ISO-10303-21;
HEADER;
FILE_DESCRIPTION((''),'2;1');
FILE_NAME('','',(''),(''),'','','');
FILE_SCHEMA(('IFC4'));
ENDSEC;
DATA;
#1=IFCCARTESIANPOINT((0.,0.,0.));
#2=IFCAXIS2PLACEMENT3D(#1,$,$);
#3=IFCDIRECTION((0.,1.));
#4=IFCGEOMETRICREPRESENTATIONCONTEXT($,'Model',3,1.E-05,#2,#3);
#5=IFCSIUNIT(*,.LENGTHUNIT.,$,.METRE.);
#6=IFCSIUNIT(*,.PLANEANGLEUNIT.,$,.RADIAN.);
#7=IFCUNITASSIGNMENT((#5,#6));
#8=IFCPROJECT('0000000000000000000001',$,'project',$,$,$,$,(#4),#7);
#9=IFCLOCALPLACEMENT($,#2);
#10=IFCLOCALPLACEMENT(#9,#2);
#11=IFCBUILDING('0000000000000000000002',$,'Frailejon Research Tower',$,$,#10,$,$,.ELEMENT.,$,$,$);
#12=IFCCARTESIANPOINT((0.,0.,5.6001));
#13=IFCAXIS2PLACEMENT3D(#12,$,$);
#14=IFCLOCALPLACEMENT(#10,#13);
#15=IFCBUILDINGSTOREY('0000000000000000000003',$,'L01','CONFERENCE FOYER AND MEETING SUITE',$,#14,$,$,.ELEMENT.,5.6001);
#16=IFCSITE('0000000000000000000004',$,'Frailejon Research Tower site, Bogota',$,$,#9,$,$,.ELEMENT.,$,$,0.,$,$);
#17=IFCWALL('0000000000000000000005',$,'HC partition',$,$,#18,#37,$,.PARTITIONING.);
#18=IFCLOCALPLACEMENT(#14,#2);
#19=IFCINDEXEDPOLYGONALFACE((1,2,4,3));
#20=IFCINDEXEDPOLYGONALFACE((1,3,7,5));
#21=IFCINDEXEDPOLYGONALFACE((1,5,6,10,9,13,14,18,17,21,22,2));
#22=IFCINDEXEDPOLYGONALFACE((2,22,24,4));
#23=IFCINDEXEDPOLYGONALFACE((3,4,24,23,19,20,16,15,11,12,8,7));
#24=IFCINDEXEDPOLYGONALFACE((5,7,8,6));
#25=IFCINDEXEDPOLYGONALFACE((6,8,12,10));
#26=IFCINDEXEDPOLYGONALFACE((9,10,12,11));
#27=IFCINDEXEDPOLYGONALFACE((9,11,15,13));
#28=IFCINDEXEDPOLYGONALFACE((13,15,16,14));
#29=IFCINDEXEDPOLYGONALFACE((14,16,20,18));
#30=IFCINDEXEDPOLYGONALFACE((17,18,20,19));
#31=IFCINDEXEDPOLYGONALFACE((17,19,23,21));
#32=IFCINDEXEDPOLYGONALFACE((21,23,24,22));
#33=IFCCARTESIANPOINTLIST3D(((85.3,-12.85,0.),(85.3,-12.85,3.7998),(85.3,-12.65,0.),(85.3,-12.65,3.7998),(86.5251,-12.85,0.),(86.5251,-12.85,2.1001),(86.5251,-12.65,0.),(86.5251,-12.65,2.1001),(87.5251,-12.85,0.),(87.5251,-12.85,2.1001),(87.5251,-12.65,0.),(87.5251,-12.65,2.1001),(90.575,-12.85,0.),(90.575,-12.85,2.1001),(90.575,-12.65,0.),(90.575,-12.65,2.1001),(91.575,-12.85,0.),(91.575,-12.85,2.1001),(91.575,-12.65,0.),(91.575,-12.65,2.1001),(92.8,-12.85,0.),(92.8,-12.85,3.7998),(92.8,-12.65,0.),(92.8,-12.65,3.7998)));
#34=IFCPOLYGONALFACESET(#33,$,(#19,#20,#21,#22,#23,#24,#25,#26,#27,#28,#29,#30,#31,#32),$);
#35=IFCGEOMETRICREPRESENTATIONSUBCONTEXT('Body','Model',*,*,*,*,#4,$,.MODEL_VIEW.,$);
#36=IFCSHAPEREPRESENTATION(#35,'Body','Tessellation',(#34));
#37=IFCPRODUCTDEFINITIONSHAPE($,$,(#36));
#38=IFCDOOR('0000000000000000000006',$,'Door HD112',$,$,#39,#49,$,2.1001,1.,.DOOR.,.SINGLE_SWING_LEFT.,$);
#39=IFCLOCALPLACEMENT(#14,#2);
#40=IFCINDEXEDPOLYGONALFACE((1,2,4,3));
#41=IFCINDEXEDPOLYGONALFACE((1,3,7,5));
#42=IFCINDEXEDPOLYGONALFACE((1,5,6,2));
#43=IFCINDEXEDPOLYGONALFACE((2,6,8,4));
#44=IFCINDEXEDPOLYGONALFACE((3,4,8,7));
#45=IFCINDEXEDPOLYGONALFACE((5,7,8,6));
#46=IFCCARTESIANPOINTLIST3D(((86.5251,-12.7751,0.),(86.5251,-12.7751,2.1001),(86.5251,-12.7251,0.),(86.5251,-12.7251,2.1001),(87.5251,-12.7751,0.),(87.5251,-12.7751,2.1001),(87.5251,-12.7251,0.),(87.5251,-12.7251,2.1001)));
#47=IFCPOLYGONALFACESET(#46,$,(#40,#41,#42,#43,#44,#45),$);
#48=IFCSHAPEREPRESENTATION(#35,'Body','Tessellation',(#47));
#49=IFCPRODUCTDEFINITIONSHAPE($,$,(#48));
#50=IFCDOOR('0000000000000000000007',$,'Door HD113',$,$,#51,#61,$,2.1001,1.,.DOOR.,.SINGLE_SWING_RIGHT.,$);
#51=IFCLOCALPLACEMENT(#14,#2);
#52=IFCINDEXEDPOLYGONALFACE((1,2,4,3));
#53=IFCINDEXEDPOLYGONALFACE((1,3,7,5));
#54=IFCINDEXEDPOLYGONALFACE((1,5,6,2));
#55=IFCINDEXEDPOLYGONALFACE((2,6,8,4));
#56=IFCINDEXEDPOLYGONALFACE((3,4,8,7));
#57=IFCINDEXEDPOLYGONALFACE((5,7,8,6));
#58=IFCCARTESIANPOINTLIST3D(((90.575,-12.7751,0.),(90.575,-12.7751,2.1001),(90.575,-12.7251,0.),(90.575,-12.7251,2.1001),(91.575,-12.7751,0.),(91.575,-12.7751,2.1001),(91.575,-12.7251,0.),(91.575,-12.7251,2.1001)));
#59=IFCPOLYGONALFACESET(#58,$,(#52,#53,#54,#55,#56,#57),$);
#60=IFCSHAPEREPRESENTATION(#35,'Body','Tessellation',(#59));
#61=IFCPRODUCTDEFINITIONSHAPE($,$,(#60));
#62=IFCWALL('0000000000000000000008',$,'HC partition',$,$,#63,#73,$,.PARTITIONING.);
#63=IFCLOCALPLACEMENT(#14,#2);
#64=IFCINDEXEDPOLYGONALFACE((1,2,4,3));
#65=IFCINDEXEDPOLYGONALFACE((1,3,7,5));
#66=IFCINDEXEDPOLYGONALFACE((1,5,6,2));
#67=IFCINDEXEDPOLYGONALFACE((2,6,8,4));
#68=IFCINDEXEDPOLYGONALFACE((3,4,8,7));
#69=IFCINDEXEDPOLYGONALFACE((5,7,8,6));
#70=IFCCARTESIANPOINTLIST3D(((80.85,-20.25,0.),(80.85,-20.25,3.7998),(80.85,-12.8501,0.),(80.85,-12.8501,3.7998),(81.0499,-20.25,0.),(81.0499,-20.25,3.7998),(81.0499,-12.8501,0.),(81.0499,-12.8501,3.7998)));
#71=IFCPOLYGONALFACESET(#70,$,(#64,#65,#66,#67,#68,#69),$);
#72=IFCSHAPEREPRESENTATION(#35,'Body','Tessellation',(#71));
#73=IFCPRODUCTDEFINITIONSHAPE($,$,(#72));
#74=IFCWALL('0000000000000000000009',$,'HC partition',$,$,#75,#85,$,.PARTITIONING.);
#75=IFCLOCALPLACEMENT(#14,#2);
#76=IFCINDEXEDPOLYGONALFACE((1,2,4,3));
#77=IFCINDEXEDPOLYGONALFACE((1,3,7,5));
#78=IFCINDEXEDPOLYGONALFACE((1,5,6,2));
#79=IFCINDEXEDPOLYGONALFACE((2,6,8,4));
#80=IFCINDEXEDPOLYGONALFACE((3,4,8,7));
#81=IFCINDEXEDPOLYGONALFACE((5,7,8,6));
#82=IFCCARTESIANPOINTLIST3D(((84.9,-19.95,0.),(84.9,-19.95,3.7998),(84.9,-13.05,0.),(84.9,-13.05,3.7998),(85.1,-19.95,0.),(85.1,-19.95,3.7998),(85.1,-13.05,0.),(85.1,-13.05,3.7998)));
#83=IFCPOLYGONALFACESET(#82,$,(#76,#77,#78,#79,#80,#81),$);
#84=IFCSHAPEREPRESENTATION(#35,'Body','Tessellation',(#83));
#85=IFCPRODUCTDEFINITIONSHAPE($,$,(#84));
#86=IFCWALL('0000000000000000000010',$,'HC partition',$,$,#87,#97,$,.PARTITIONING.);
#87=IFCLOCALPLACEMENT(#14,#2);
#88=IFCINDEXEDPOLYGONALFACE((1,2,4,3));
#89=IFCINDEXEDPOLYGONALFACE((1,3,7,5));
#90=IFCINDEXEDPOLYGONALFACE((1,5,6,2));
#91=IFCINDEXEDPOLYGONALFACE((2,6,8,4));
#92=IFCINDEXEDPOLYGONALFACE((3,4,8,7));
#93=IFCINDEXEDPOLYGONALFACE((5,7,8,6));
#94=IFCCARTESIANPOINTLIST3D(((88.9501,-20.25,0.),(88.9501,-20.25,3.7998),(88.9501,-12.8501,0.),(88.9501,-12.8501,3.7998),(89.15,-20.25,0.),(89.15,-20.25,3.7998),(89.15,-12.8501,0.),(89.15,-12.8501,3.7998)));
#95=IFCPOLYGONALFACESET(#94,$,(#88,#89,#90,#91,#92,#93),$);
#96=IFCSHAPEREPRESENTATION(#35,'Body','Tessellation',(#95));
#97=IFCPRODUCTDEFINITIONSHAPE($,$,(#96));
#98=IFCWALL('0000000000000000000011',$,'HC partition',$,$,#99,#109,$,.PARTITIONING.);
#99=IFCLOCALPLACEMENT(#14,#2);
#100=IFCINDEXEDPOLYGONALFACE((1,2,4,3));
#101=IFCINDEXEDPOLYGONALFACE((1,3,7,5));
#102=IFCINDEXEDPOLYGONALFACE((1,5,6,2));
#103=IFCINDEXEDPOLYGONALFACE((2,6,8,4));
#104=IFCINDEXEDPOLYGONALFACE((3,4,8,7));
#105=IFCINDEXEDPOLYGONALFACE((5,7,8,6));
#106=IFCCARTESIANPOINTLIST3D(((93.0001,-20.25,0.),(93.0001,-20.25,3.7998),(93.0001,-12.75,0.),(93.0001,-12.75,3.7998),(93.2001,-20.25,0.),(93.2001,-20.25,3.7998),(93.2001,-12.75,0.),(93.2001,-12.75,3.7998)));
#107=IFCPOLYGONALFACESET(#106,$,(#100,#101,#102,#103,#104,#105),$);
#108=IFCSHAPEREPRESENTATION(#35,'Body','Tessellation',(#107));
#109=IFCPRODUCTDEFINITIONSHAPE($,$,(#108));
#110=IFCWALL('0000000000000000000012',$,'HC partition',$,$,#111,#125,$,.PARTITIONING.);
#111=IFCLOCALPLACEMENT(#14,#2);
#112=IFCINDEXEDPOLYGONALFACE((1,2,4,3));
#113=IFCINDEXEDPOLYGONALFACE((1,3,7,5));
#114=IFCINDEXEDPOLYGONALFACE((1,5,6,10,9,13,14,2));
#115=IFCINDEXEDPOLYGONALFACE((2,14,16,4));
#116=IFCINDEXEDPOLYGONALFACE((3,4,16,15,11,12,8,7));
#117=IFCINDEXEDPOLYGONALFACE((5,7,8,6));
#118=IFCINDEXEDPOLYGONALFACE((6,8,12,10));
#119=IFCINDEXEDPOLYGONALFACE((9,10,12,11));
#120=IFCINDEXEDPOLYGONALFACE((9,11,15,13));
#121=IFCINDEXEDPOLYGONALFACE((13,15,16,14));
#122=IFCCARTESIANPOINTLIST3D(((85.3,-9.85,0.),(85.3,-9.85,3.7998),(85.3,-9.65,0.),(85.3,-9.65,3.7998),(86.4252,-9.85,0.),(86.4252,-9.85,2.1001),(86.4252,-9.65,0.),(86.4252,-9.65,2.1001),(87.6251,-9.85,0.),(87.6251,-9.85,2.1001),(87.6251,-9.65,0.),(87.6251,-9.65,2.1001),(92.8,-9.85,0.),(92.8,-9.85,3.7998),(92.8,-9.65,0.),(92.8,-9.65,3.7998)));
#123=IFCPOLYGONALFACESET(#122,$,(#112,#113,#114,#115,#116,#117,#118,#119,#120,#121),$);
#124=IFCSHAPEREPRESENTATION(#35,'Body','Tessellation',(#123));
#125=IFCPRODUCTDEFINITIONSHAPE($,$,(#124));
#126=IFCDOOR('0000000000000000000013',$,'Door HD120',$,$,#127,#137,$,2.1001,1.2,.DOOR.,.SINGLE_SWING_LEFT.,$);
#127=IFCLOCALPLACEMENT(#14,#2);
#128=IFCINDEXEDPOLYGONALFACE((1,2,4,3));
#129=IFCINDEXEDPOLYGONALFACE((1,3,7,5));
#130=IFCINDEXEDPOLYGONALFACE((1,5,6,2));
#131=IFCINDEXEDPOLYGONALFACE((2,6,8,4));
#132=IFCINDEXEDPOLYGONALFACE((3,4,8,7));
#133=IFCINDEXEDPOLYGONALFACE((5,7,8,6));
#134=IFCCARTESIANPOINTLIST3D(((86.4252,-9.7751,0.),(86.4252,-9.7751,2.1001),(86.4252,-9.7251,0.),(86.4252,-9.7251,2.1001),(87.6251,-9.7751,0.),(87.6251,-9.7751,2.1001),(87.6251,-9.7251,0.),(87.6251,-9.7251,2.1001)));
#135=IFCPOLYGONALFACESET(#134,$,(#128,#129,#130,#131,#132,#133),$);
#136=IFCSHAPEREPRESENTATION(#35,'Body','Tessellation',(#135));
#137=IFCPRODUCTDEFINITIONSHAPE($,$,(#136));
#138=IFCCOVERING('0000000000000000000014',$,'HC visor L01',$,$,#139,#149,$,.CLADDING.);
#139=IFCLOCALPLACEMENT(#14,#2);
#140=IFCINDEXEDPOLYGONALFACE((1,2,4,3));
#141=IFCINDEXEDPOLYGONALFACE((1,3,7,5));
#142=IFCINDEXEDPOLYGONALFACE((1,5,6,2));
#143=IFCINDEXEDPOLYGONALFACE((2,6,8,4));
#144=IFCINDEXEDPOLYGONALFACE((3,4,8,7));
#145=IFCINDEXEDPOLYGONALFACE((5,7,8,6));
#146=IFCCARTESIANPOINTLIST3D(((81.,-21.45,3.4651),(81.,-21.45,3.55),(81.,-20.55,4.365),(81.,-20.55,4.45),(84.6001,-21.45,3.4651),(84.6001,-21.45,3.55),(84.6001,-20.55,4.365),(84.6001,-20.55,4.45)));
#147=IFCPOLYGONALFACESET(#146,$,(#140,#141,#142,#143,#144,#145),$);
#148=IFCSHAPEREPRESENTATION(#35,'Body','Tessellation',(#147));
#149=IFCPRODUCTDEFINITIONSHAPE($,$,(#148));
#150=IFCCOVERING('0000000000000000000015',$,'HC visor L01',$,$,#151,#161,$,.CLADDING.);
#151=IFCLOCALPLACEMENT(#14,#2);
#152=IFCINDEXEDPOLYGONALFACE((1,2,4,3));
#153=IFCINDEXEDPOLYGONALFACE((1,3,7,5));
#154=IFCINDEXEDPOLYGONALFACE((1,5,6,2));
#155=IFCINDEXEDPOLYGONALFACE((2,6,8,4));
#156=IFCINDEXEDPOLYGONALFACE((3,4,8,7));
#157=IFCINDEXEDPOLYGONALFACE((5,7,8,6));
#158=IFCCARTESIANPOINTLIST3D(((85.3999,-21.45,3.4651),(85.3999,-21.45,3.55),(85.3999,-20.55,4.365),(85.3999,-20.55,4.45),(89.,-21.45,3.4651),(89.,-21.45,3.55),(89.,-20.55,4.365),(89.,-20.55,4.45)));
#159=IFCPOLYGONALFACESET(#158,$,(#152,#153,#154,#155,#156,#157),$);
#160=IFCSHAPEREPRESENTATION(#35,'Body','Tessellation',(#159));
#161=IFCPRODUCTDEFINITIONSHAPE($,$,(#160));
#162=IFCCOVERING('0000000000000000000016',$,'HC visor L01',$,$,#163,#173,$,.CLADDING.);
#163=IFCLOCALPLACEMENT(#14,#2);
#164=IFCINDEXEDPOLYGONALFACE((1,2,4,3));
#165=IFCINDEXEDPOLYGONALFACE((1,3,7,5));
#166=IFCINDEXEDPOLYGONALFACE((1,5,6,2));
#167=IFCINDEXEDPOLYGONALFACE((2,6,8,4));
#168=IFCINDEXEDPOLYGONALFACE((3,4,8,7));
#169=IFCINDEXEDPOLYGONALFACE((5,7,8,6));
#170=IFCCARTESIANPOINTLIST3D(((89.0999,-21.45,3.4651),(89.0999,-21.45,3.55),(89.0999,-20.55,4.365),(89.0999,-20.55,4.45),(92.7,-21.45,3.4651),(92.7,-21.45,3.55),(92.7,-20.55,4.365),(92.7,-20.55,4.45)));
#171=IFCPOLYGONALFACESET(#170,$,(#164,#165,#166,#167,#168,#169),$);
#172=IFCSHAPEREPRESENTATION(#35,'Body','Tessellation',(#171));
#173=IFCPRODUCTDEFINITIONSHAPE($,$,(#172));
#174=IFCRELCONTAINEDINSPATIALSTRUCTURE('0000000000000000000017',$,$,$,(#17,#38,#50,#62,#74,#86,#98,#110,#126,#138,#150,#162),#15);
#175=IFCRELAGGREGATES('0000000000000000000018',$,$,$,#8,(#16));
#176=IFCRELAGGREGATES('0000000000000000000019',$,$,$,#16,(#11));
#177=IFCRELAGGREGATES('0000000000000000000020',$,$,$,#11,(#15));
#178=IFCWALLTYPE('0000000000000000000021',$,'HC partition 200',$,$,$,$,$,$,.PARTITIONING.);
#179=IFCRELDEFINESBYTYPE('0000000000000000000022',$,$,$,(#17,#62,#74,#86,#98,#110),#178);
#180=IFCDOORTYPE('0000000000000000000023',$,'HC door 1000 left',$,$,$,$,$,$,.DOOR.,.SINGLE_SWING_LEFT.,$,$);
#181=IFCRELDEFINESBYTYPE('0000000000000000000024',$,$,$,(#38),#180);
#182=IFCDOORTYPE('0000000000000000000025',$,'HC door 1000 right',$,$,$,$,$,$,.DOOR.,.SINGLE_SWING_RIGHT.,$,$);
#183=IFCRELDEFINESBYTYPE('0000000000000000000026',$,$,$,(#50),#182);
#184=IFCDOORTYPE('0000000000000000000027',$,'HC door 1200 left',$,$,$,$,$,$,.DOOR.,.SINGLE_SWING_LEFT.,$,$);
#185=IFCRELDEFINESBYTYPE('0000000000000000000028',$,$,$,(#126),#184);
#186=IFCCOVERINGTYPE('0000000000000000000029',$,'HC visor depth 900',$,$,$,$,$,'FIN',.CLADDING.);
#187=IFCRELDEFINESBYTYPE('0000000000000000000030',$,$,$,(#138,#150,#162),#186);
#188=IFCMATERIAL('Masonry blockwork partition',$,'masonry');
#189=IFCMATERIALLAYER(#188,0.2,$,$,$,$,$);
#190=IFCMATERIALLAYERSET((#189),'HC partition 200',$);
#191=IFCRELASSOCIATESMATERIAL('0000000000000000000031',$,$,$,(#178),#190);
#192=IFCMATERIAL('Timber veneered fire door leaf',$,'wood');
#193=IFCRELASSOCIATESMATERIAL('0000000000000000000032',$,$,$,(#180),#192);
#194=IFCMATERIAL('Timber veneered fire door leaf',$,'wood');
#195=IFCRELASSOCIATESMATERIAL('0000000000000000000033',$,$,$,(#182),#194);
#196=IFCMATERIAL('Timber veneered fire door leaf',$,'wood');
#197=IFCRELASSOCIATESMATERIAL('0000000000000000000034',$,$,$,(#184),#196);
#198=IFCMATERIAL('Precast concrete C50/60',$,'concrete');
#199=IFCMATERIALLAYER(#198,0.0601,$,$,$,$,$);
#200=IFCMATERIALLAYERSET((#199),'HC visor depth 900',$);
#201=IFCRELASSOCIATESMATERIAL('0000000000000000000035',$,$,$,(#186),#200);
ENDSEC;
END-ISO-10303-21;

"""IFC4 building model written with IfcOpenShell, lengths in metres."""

from ifc_helpers import new_model, si_unit, direction, frame, frame_2d, origin, place, context, subcontext, project, spatial, polyline, rectangle, outline, extrude, material, layer, layer_set, type_object, element, fill, save


model = new_model("IFC4")

# Units and contexts
model_context = context("Model", 3, precision=1e-05, world=origin(), true_north=direction((0.0, 1.0)))
body_context = subcontext(model_context, "Body", "Model", "MODEL_VIEW")
ifc_project = project(units=[si_unit("LENGTHUNIT", "METRE"), si_unit("PLANEANGLEUNIT", "RADIAN")], contexts=[model_context])

# Site, building, storey
site_placement = place(None, origin())
site = spatial("IfcSite", under=ifc_project, at=site_placement, Name="Frailejon Research Tower site, Bogota", CompositionType="ELEMENT", RefElevation=0.0)
building_placement = place(site_placement, origin())
building = spatial("IfcBuilding", under=site, at=building_placement, Name="Frailejon Research Tower", CompositionType="ELEMENT")
storey_placement = place(building_placement, frame((0.0, 0.0, 5.6001)))
storey = spatial("IfcBuildingStorey", under=building, at=storey_placement, Name="L01", Description="CONFERENCE FOYER AND MEETING SUITE", CompositionType="ELEMENT", Elevation=5.6001)

# Wall, openings, doors
ifc_material_1 = material(Name="Masonry blockwork partition", Category="masonry")
ifc_layer_1 = layer(ifc_material_1, 0.2)
ifc_layer_set_1 = layer_set([ifc_layer_1], Name="HC partition 200")
wall_type_1 = type_object("IfcWallType", Name="HC partition 200", PredefinedType="PARTITIONING", material=ifc_layer_set_1)
wall_1_placement = place(storey_placement, frame((85.3, -12.75, 0.0), z_axis=(0.0, 0.0, 1.0), x_axis=(1.0, 0.0, 0.0)))
wall_1 = element("IfcWall", 1, at=wall_1_placement, inside=storey, type_object=wall_type_1, Name="HC partition", PredefinedType="PARTITIONING", context=body_context, shape_type="SweptSolid", body=[
    extrude(rectangle(XDim=7.5, YDim=0.2, at=frame_2d((3.75, 0.0))), origin(), (0.0, 0.0, 1.0), 3.7998),
])
opening_1_placement = place(wall_1_placement, frame((1.2251, 0.0, 0.0)))
opening_1 = element("IfcOpeningElement", 2, at=opening_1_placement, cuts=wall_1, PredefinedType="OPENING", context=body_context, shape_type="SweptSolid", body=[
    extrude(rectangle(XDim=1.0, YDim=2.1001, at=frame_2d((0.5, 1.05))), frame((0.0, 0.1099, 0.0), z_axis=(0.0, -1.0, 0.0), x_axis=(1.0, 0.0, 0.0)), (0.0, 0.0, 1.0), 0.22),
])
opening_2_placement = place(wall_1_placement, frame((5.2749, 0.0, 0.0)))
opening_2 = element("IfcOpeningElement", 3, at=opening_2_placement, cuts=wall_1, PredefinedType="OPENING", context=body_context, shape_type="SweptSolid", body=[
    extrude(rectangle(XDim=1.0, YDim=2.1001, at=frame_2d((0.5, 1.05))), frame((0.0, 0.1099, 0.0), z_axis=(0.0, -1.0, 0.0), x_axis=(1.0, 0.0, 0.0)), (0.0, 0.0, 1.0), 0.22),
])
ifc_material_2 = material(Name="Timber veneered fire door leaf", Category="wood")
door_type_1 = type_object("IfcDoorType", Name="HC door 1000 left", OperationType="SINGLE_SWING_LEFT", PredefinedType="DOOR", material=ifc_material_2)
door_1_placement = place(opening_1_placement, origin())
door_1 = element("IfcDoor", 4, at=door_1_placement, inside=storey, type_object=door_type_1, Name="Door HD112", OperationType="SINGLE_SWING_LEFT", OverallHeight=2.1001, OverallWidth=1.0, PredefinedType="DOOR", context=body_context, shape_type="SweptSolid", body=[
    extrude(rectangle(XDim=1.0, YDim=2.1001, at=frame_2d((0.5, 1.05))), frame((0.0, 0.0249, 0.0), z_axis=(0.0, -1.0, 0.0), x_axis=(1.0, 0.0, 0.0)), (0.0, 0.0, 1.0), 0.05),
])
fill(opening_1, door_1)
ifc_material_3 = material(Name="Timber veneered fire door leaf", Category="wood")
door_type_2 = type_object("IfcDoorType", Name="HC door 1000 right", OperationType="SINGLE_SWING_RIGHT", PredefinedType="DOOR", material=ifc_material_3)
door_2_placement = place(opening_2_placement, origin())
door_2 = element("IfcDoor", 5, at=door_2_placement, inside=storey, type_object=door_type_2, Name="Door HD113", OperationType="SINGLE_SWING_RIGHT", OverallHeight=2.1001, OverallWidth=1.0, PredefinedType="DOOR", context=body_context, shape_type="SweptSolid", body=[
    extrude(rectangle(XDim=1.0, YDim=2.1001, at=frame_2d((0.5, 1.05))), frame((0.0, 0.0249, 0.0), z_axis=(0.0, -1.0, 0.0), x_axis=(1.0, 0.0, 0.0)), (0.0, 0.0, 1.0), 0.05),
])
fill(opening_2, door_2)

# Walls
wall_2_placement = place(storey_placement, frame((80.95, -20.25, 0.0), z_axis=(0.0, 0.0, 1.0), x_axis=(0.0, 1.0, 0.0)))
element("IfcWall", 6, at=wall_2_placement, inside=storey, type_object=wall_type_1, Name="HC partition", PredefinedType="PARTITIONING", context=body_context, shape_type="SweptSolid", body=[
    extrude(rectangle(XDim=7.3999, YDim=0.2, at=frame_2d((3.7, 0.0))), origin(), (0.0, 0.0, 1.0), 3.7998),
])
wall_3_placement = place(storey_placement, frame((85.0, -19.95, 0.0), z_axis=(0.0, 0.0, 1.0), x_axis=(0.0, 1.0, 0.0)))
element("IfcWall", 7, at=wall_3_placement, inside=storey, type_object=wall_type_1, Name="HC partition", PredefinedType="PARTITIONING", context=body_context, shape_type="SweptSolid", body=[
    extrude(rectangle(XDim=6.8999, YDim=0.2, at=frame_2d((3.45, 0.0))), origin(), (0.0, 0.0, 1.0), 3.7998),
])
wall_4_placement = place(storey_placement, frame((89.05, -20.25, 0.0), z_axis=(0.0, 0.0, 1.0), x_axis=(0.0, 1.0, 0.0)))
element("IfcWall", 8, at=wall_4_placement, inside=storey, type_object=wall_type_1, Name="HC partition", PredefinedType="PARTITIONING", context=body_context, shape_type="SweptSolid", body=[
    extrude(rectangle(XDim=7.3999, YDim=0.2, at=frame_2d((3.7, 0.0))), origin(), (0.0, 0.0, 1.0), 3.7998),
])
wall_5_placement = place(storey_placement, frame((93.1001, -20.25, 0.0), z_axis=(0.0, 0.0, 1.0), x_axis=(0.0, 1.0, 0.0)))
element("IfcWall", 9, at=wall_5_placement, inside=storey, type_object=wall_type_1, Name="HC partition", PredefinedType="PARTITIONING", context=body_context, shape_type="SweptSolid", body=[
    extrude(rectangle(XDim=7.5, YDim=0.2, at=frame_2d((3.75, 0.0))), origin(), (0.0, 0.0, 1.0), 3.7998),
])

# Wall, opening, door
wall_6_placement = place(storey_placement, frame((85.3, -9.75, 0.0), z_axis=(0.0, 0.0, 1.0), x_axis=(1.0, 0.0, 0.0)))
wall_6 = element("IfcWall", 10, at=wall_6_placement, inside=storey, type_object=wall_type_1, Name="HC partition", PredefinedType="PARTITIONING", context=body_context, shape_type="SweptSolid", body=[
    extrude(rectangle(XDim=7.5, YDim=0.2, at=frame_2d((3.75, 0.0))), origin(), (0.0, 0.0, 1.0), 3.7998),
])
opening_3_placement = place(wall_6_placement, frame((1.125, 0.0, 0.0)))
opening_3 = element("IfcOpeningElement", 11, at=opening_3_placement, cuts=wall_6, PredefinedType="OPENING", context=body_context, shape_type="SweptSolid", body=[
    extrude(rectangle(XDim=1.2, YDim=2.1001, at=frame_2d((0.6001, 1.05))), frame((0.0, 0.1099, 0.0), z_axis=(0.0, -1.0, 0.0), x_axis=(1.0, 0.0, 0.0)), (0.0, 0.0, 1.0), 0.22),
])
ifc_material_4 = material(Name="Timber veneered fire door leaf", Category="wood")
door_type_3 = type_object("IfcDoorType", Name="HC door 1200 left", OperationType="SINGLE_SWING_LEFT", PredefinedType="DOOR", material=ifc_material_4)
door_3_placement = place(opening_3_placement, origin())
door_3 = element("IfcDoor", 12, at=door_3_placement, inside=storey, type_object=door_type_3, Name="Door HD120", OperationType="SINGLE_SWING_LEFT", OverallHeight=2.1001, OverallWidth=1.2, PredefinedType="DOOR", context=body_context, shape_type="SweptSolid", body=[
    extrude(rectangle(XDim=1.2, YDim=2.1001, at=frame_2d((0.6001, 1.05))), frame((0.0, 0.0249, 0.0), z_axis=(0.0, -1.0, 0.0), x_axis=(1.0, 0.0, 0.0)), (0.0, 0.0, 1.0), 0.05),
])
fill(opening_3, door_3)

# Coverings
ifc_material_5 = material(Name="Precast concrete C50/60", Category="concrete")
ifc_layer_2 = layer(ifc_material_5, 0.0601)
ifc_layer_set_2 = layer_set([ifc_layer_2], Name="HC visor depth 900")
covering_type = type_object("IfcCoveringType", Name="HC visor depth 900", ElementType="FIN", PredefinedType="CLADDING", material=ifc_layer_set_2)
for number, where, z_axis, x_axis, name in (
    (13, (84.6001, -20.55, 4.45), (-1.0, 0.0, 0.0), (0.0, -1.0, 0.0), "HC visor L01"),
    (14, (89.0, -20.55, 4.45), (-1.0, 0.0, 0.0), (0.0, -1.0, 0.0), "HC visor L01"),
    (15, (92.7, -20.55, 4.45), (-1.0, 0.0, 0.0), (0.0, -1.0, 0.0), "HC visor L01"),
):
    element("IfcCovering", number, at=place(storey_placement, frame(where, z_axis=z_axis, x_axis=x_axis)), inside=storey, type_object=covering_type, Name=name, PredefinedType="CLADDING", context=body_context, shape_type="SweptSolid", body=[
        extrude(outline(polyline([(0.0, -0.085), (0.8999, -0.9849), (0.8999, -0.8999), (0.0, 0.0), (0.0, -0.085)])), origin(), (0.0, 0.0, 1.0), 3.6001),
    ])

save(model, "model.ifc")
